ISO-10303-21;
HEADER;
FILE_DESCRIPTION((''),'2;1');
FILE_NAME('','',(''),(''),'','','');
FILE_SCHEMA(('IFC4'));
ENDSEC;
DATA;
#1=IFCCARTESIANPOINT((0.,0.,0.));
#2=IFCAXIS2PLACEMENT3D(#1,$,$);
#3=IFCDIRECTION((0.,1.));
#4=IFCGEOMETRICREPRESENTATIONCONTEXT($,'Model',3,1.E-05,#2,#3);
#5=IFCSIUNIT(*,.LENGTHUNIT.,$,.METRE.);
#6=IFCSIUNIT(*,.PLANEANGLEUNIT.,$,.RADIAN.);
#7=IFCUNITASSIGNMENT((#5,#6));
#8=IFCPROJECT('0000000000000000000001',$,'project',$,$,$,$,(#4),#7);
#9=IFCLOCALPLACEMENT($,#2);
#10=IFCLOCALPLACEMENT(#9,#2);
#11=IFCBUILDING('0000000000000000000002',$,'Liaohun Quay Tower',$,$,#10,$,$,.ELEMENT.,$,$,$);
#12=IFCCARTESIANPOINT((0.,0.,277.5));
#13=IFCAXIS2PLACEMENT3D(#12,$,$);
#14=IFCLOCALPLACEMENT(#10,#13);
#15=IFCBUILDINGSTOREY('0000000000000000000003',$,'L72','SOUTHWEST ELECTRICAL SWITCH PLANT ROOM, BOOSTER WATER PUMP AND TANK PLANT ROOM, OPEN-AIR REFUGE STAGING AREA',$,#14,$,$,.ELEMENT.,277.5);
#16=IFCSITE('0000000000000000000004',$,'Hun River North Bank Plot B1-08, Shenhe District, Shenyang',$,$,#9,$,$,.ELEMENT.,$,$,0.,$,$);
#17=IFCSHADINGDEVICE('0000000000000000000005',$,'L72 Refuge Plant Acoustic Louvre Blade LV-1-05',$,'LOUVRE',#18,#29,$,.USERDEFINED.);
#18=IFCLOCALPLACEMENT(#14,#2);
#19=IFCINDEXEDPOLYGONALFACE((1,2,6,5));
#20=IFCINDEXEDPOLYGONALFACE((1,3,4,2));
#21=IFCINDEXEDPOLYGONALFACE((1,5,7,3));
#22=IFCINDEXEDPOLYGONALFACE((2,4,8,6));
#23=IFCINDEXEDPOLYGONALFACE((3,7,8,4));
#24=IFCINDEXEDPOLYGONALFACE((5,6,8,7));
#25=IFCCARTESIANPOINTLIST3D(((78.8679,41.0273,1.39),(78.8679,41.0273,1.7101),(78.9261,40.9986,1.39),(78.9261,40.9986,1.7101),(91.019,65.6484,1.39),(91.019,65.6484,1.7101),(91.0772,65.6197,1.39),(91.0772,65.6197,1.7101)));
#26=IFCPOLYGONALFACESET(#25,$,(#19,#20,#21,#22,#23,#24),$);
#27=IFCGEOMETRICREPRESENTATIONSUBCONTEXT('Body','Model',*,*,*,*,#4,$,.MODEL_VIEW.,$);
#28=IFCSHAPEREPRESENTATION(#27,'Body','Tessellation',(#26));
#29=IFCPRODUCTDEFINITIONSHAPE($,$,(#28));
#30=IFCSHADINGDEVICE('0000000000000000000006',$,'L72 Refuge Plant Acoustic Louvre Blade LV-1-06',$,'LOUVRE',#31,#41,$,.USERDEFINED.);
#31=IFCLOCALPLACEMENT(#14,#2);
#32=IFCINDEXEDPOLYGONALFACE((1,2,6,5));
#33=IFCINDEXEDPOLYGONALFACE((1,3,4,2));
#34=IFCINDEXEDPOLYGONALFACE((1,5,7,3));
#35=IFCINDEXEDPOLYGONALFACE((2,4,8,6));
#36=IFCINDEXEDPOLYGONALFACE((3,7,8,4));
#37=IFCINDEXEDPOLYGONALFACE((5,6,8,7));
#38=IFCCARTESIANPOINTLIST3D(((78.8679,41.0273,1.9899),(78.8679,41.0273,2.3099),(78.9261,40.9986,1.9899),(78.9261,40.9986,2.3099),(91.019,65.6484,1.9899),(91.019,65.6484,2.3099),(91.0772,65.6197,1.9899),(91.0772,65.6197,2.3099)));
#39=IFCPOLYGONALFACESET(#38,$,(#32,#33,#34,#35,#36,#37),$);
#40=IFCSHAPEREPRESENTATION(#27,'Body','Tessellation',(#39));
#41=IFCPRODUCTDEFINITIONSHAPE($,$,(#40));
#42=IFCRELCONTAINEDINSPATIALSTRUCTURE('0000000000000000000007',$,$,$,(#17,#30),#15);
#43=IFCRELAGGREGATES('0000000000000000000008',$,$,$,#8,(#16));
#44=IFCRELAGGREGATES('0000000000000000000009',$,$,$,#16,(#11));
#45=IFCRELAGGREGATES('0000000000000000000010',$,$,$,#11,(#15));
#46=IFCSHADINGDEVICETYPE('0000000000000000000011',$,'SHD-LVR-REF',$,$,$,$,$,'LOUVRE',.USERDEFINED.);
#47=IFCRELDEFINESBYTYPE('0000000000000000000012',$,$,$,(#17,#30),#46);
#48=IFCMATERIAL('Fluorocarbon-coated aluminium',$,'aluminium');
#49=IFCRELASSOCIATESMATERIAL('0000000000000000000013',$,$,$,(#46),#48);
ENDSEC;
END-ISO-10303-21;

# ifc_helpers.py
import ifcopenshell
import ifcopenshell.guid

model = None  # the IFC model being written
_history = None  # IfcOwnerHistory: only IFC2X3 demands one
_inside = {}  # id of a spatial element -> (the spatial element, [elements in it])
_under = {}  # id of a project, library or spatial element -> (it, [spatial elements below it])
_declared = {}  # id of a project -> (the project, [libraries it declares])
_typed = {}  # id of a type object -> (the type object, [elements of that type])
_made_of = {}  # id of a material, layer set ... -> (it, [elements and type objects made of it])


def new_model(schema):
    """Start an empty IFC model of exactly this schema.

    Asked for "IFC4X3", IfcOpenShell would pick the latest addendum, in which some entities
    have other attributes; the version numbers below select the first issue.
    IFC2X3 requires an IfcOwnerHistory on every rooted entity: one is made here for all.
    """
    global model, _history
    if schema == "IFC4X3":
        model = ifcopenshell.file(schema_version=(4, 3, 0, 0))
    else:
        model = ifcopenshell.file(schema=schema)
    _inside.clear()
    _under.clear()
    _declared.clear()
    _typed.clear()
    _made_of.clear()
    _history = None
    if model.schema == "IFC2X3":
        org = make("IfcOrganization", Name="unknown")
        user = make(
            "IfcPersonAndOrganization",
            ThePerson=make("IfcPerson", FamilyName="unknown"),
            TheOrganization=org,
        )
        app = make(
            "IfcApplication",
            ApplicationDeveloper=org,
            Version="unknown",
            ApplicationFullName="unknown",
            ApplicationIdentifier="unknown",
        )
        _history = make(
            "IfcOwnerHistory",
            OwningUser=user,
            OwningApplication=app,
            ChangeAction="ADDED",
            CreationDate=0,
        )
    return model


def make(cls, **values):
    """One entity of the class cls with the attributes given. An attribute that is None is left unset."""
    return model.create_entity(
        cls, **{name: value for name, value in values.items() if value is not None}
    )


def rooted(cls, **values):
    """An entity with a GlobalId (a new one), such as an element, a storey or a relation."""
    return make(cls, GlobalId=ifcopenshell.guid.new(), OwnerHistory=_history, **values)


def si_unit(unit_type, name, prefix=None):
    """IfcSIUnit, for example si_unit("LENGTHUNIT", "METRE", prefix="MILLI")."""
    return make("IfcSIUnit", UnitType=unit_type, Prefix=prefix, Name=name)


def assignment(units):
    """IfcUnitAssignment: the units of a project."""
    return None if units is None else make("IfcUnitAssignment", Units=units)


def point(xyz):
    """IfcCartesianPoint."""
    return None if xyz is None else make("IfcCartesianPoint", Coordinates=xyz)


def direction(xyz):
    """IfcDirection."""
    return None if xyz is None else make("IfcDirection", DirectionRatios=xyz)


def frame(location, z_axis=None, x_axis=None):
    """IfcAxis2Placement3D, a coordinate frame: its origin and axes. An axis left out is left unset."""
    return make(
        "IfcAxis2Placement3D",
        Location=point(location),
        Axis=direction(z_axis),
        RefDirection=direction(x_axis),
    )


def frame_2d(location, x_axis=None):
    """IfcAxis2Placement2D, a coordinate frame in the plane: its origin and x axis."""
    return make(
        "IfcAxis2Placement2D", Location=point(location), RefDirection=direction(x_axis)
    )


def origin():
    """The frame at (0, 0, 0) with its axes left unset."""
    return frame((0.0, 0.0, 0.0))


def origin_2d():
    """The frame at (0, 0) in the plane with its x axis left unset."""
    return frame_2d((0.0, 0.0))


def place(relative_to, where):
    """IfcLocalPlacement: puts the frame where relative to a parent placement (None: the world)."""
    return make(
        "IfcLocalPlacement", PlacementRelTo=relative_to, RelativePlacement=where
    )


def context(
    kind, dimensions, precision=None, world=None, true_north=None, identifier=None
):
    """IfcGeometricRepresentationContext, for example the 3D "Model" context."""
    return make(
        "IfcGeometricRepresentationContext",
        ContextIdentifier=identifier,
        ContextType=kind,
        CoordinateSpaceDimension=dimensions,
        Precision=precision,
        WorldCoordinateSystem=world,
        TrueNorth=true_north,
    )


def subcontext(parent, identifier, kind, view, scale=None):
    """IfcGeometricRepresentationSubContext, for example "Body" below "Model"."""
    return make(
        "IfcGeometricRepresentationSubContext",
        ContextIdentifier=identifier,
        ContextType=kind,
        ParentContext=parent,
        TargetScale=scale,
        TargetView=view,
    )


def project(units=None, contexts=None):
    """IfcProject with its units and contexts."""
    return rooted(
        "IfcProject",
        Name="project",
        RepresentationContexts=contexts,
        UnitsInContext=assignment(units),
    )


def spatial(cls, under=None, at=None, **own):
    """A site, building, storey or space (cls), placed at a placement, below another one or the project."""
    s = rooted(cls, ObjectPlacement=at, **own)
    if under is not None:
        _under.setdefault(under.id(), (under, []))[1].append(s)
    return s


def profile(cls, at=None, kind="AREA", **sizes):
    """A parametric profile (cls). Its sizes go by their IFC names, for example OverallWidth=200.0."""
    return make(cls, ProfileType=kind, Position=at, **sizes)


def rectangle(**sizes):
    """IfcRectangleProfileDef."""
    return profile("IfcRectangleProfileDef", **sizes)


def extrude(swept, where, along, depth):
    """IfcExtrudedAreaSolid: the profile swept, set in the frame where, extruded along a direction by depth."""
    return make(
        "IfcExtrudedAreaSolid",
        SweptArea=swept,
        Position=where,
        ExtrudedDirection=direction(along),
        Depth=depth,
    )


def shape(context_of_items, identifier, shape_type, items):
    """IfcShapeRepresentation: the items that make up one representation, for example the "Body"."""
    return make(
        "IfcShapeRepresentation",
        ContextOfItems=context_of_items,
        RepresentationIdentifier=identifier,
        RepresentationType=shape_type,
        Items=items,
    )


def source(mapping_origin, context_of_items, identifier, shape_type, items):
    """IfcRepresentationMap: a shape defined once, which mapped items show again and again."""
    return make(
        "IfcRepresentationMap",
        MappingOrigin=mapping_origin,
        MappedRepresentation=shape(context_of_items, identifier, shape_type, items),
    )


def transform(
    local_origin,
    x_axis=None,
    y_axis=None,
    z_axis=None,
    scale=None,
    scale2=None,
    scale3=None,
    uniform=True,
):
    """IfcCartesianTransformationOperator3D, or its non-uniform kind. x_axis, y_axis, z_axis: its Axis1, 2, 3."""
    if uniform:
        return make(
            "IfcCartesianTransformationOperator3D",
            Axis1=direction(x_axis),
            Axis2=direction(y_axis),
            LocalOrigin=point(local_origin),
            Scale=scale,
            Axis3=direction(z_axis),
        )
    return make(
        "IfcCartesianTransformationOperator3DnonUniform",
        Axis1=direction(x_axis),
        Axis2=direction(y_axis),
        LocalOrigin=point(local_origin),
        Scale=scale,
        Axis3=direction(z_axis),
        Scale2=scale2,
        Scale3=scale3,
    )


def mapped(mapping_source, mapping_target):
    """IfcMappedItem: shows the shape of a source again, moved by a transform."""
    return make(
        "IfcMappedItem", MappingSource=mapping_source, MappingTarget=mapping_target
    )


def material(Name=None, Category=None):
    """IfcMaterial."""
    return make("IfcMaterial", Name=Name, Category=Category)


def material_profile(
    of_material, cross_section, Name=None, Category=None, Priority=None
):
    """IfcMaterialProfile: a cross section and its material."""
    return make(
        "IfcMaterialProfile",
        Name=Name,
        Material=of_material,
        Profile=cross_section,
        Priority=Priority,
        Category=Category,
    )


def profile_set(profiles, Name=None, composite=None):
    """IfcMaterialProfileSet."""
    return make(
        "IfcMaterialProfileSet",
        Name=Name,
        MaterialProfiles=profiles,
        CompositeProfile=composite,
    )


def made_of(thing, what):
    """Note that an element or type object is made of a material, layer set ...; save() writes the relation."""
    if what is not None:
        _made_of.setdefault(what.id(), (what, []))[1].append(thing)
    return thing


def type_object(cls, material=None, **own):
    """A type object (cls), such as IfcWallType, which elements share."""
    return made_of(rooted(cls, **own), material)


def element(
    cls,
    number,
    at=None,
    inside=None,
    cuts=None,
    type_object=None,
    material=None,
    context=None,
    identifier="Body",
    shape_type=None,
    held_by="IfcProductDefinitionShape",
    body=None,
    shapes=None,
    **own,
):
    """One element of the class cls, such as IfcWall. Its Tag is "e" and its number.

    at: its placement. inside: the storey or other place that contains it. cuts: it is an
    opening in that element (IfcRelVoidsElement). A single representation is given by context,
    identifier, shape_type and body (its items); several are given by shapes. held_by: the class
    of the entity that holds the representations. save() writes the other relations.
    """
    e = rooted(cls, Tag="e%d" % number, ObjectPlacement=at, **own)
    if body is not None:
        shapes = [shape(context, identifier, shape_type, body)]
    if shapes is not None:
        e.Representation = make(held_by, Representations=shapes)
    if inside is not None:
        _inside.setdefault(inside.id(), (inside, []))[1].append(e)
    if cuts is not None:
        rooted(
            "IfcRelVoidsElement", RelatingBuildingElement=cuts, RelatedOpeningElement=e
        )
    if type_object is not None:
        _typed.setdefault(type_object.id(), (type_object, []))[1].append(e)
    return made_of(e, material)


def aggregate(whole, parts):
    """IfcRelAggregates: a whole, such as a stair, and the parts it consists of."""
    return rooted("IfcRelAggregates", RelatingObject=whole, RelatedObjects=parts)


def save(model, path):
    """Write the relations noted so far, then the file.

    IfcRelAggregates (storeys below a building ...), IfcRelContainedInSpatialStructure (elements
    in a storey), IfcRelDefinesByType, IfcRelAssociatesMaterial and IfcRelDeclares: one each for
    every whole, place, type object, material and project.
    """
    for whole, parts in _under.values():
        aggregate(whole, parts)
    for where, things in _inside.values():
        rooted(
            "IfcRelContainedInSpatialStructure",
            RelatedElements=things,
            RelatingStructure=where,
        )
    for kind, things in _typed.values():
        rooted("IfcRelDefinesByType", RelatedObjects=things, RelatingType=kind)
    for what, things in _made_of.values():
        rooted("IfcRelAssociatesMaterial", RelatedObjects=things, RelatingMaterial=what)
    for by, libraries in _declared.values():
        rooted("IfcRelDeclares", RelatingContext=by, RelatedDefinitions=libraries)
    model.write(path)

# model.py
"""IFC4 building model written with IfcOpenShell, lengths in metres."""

from ifc_helpers import new_model, si_unit, direction, frame, origin, origin_2d, place, context, subcontext, project, spatial, rectangle, extrude, source, transform, mapped, material, material_profile, profile_set, type_object, element, save


model = new_model("IFC4")

# Units and contexts
model_context = context("Model", 3, precision=1e-05, world=origin(), true_north=direction((0.0, 1.0)))
body_context = subcontext(model_context, "Body", "Model", "MODEL_VIEW")
ifc_project = project(units=[si_unit("LENGTHUNIT", "METRE"), si_unit("PLANEANGLEUNIT", "RADIAN")], contexts=[model_context])

# Site, building, storey
site_placement = place(None, origin())
site = spatial("IfcSite", under=ifc_project, at=site_placement, Name="Hun River North Bank Plot B1-08, Shenhe District, Shenyang", CompositionType="ELEMENT", RefElevation=0.0)
building_placement = place(site_placement, origin())
building = spatial("IfcBuilding", under=site, at=building_placement, Name="Liaohun Quay Tower", CompositionType="ELEMENT")
storey_placement = place(building_placement, frame((0.0, 0.0, 277.5)))
storey = spatial("IfcBuildingStorey", under=building, at=storey_placement, Name="L72", Description="SOUTHWEST ELECTRICAL SWITCH PLANT ROOM, BOOSTER WATER PUMP AND TANK PLANT ROOM, OPEN-AIR REFUGE STAGING AREA", CompositionType="ELEMENT", Elevation=277.5)

# Shading devices
ifc_material_1 = material(Name="Fluorocarbon-coated aluminium", Category="aluminium")
ifc_material_profile_1 = material_profile(ifc_material_1, rectangle(XDim=0.0649, YDim=0.3201, at=origin_2d()), Name="ALU-LVR-320x65")
ifc_profile_set_1 = profile_set([ifc_material_profile_1], Name="Fluorocarbon-coated aluminium")
shading_device_type = type_object("IfcShadingDeviceType", Name="SHD-LVR-REF", ElementType="LOUVRE", PredefinedType="USERDEFINED", material=ifc_profile_set_1)
shared_shape_1 = source(origin(), body_context, "Body", "SweptSolid", [
    extrude(rectangle(XDim=0.0649, YDim=0.3201, at=origin_2d()), origin(), (0.0, 0.0, 1.0), 27.4563),
])
for number, where, z_axis, x_axis, name in (
    (1, (91.0481, 65.634, 1.55), (-0.442562, -0.896738, 0.0), (0.896738, -0.442562, 0.0), "L72 Refuge Plant Acoustic Louvre Blade LV-1-05"),
    (2, (91.0481, 65.634, 2.1499), (-0.442562, -0.896738, 0.0), (0.896738, -0.442562, 0.0), "L72 Refuge Plant Acoustic Louvre Blade LV-1-06"),
):
    element("IfcShadingDevice", number, at=place(storey_placement, frame(where, z_axis=z_axis, x_axis=x_axis)), inside=storey, type_object=shading_device_type, Name=name, ObjectType="LOUVRE", PredefinedType="USERDEFINED", context=body_context, shape_type="MappedRepresentation", body=[
        mapped(shared_shape_1, transform((0.0, 0.0, 0.0), x_axis=(1.0, 0.0, 0.0), y_axis=(0.0, 1.0, 0.0), z_axis=(0.0, 0.0, 1.0), scale=1.0)),
    ])

save(model, "model.ifc")
